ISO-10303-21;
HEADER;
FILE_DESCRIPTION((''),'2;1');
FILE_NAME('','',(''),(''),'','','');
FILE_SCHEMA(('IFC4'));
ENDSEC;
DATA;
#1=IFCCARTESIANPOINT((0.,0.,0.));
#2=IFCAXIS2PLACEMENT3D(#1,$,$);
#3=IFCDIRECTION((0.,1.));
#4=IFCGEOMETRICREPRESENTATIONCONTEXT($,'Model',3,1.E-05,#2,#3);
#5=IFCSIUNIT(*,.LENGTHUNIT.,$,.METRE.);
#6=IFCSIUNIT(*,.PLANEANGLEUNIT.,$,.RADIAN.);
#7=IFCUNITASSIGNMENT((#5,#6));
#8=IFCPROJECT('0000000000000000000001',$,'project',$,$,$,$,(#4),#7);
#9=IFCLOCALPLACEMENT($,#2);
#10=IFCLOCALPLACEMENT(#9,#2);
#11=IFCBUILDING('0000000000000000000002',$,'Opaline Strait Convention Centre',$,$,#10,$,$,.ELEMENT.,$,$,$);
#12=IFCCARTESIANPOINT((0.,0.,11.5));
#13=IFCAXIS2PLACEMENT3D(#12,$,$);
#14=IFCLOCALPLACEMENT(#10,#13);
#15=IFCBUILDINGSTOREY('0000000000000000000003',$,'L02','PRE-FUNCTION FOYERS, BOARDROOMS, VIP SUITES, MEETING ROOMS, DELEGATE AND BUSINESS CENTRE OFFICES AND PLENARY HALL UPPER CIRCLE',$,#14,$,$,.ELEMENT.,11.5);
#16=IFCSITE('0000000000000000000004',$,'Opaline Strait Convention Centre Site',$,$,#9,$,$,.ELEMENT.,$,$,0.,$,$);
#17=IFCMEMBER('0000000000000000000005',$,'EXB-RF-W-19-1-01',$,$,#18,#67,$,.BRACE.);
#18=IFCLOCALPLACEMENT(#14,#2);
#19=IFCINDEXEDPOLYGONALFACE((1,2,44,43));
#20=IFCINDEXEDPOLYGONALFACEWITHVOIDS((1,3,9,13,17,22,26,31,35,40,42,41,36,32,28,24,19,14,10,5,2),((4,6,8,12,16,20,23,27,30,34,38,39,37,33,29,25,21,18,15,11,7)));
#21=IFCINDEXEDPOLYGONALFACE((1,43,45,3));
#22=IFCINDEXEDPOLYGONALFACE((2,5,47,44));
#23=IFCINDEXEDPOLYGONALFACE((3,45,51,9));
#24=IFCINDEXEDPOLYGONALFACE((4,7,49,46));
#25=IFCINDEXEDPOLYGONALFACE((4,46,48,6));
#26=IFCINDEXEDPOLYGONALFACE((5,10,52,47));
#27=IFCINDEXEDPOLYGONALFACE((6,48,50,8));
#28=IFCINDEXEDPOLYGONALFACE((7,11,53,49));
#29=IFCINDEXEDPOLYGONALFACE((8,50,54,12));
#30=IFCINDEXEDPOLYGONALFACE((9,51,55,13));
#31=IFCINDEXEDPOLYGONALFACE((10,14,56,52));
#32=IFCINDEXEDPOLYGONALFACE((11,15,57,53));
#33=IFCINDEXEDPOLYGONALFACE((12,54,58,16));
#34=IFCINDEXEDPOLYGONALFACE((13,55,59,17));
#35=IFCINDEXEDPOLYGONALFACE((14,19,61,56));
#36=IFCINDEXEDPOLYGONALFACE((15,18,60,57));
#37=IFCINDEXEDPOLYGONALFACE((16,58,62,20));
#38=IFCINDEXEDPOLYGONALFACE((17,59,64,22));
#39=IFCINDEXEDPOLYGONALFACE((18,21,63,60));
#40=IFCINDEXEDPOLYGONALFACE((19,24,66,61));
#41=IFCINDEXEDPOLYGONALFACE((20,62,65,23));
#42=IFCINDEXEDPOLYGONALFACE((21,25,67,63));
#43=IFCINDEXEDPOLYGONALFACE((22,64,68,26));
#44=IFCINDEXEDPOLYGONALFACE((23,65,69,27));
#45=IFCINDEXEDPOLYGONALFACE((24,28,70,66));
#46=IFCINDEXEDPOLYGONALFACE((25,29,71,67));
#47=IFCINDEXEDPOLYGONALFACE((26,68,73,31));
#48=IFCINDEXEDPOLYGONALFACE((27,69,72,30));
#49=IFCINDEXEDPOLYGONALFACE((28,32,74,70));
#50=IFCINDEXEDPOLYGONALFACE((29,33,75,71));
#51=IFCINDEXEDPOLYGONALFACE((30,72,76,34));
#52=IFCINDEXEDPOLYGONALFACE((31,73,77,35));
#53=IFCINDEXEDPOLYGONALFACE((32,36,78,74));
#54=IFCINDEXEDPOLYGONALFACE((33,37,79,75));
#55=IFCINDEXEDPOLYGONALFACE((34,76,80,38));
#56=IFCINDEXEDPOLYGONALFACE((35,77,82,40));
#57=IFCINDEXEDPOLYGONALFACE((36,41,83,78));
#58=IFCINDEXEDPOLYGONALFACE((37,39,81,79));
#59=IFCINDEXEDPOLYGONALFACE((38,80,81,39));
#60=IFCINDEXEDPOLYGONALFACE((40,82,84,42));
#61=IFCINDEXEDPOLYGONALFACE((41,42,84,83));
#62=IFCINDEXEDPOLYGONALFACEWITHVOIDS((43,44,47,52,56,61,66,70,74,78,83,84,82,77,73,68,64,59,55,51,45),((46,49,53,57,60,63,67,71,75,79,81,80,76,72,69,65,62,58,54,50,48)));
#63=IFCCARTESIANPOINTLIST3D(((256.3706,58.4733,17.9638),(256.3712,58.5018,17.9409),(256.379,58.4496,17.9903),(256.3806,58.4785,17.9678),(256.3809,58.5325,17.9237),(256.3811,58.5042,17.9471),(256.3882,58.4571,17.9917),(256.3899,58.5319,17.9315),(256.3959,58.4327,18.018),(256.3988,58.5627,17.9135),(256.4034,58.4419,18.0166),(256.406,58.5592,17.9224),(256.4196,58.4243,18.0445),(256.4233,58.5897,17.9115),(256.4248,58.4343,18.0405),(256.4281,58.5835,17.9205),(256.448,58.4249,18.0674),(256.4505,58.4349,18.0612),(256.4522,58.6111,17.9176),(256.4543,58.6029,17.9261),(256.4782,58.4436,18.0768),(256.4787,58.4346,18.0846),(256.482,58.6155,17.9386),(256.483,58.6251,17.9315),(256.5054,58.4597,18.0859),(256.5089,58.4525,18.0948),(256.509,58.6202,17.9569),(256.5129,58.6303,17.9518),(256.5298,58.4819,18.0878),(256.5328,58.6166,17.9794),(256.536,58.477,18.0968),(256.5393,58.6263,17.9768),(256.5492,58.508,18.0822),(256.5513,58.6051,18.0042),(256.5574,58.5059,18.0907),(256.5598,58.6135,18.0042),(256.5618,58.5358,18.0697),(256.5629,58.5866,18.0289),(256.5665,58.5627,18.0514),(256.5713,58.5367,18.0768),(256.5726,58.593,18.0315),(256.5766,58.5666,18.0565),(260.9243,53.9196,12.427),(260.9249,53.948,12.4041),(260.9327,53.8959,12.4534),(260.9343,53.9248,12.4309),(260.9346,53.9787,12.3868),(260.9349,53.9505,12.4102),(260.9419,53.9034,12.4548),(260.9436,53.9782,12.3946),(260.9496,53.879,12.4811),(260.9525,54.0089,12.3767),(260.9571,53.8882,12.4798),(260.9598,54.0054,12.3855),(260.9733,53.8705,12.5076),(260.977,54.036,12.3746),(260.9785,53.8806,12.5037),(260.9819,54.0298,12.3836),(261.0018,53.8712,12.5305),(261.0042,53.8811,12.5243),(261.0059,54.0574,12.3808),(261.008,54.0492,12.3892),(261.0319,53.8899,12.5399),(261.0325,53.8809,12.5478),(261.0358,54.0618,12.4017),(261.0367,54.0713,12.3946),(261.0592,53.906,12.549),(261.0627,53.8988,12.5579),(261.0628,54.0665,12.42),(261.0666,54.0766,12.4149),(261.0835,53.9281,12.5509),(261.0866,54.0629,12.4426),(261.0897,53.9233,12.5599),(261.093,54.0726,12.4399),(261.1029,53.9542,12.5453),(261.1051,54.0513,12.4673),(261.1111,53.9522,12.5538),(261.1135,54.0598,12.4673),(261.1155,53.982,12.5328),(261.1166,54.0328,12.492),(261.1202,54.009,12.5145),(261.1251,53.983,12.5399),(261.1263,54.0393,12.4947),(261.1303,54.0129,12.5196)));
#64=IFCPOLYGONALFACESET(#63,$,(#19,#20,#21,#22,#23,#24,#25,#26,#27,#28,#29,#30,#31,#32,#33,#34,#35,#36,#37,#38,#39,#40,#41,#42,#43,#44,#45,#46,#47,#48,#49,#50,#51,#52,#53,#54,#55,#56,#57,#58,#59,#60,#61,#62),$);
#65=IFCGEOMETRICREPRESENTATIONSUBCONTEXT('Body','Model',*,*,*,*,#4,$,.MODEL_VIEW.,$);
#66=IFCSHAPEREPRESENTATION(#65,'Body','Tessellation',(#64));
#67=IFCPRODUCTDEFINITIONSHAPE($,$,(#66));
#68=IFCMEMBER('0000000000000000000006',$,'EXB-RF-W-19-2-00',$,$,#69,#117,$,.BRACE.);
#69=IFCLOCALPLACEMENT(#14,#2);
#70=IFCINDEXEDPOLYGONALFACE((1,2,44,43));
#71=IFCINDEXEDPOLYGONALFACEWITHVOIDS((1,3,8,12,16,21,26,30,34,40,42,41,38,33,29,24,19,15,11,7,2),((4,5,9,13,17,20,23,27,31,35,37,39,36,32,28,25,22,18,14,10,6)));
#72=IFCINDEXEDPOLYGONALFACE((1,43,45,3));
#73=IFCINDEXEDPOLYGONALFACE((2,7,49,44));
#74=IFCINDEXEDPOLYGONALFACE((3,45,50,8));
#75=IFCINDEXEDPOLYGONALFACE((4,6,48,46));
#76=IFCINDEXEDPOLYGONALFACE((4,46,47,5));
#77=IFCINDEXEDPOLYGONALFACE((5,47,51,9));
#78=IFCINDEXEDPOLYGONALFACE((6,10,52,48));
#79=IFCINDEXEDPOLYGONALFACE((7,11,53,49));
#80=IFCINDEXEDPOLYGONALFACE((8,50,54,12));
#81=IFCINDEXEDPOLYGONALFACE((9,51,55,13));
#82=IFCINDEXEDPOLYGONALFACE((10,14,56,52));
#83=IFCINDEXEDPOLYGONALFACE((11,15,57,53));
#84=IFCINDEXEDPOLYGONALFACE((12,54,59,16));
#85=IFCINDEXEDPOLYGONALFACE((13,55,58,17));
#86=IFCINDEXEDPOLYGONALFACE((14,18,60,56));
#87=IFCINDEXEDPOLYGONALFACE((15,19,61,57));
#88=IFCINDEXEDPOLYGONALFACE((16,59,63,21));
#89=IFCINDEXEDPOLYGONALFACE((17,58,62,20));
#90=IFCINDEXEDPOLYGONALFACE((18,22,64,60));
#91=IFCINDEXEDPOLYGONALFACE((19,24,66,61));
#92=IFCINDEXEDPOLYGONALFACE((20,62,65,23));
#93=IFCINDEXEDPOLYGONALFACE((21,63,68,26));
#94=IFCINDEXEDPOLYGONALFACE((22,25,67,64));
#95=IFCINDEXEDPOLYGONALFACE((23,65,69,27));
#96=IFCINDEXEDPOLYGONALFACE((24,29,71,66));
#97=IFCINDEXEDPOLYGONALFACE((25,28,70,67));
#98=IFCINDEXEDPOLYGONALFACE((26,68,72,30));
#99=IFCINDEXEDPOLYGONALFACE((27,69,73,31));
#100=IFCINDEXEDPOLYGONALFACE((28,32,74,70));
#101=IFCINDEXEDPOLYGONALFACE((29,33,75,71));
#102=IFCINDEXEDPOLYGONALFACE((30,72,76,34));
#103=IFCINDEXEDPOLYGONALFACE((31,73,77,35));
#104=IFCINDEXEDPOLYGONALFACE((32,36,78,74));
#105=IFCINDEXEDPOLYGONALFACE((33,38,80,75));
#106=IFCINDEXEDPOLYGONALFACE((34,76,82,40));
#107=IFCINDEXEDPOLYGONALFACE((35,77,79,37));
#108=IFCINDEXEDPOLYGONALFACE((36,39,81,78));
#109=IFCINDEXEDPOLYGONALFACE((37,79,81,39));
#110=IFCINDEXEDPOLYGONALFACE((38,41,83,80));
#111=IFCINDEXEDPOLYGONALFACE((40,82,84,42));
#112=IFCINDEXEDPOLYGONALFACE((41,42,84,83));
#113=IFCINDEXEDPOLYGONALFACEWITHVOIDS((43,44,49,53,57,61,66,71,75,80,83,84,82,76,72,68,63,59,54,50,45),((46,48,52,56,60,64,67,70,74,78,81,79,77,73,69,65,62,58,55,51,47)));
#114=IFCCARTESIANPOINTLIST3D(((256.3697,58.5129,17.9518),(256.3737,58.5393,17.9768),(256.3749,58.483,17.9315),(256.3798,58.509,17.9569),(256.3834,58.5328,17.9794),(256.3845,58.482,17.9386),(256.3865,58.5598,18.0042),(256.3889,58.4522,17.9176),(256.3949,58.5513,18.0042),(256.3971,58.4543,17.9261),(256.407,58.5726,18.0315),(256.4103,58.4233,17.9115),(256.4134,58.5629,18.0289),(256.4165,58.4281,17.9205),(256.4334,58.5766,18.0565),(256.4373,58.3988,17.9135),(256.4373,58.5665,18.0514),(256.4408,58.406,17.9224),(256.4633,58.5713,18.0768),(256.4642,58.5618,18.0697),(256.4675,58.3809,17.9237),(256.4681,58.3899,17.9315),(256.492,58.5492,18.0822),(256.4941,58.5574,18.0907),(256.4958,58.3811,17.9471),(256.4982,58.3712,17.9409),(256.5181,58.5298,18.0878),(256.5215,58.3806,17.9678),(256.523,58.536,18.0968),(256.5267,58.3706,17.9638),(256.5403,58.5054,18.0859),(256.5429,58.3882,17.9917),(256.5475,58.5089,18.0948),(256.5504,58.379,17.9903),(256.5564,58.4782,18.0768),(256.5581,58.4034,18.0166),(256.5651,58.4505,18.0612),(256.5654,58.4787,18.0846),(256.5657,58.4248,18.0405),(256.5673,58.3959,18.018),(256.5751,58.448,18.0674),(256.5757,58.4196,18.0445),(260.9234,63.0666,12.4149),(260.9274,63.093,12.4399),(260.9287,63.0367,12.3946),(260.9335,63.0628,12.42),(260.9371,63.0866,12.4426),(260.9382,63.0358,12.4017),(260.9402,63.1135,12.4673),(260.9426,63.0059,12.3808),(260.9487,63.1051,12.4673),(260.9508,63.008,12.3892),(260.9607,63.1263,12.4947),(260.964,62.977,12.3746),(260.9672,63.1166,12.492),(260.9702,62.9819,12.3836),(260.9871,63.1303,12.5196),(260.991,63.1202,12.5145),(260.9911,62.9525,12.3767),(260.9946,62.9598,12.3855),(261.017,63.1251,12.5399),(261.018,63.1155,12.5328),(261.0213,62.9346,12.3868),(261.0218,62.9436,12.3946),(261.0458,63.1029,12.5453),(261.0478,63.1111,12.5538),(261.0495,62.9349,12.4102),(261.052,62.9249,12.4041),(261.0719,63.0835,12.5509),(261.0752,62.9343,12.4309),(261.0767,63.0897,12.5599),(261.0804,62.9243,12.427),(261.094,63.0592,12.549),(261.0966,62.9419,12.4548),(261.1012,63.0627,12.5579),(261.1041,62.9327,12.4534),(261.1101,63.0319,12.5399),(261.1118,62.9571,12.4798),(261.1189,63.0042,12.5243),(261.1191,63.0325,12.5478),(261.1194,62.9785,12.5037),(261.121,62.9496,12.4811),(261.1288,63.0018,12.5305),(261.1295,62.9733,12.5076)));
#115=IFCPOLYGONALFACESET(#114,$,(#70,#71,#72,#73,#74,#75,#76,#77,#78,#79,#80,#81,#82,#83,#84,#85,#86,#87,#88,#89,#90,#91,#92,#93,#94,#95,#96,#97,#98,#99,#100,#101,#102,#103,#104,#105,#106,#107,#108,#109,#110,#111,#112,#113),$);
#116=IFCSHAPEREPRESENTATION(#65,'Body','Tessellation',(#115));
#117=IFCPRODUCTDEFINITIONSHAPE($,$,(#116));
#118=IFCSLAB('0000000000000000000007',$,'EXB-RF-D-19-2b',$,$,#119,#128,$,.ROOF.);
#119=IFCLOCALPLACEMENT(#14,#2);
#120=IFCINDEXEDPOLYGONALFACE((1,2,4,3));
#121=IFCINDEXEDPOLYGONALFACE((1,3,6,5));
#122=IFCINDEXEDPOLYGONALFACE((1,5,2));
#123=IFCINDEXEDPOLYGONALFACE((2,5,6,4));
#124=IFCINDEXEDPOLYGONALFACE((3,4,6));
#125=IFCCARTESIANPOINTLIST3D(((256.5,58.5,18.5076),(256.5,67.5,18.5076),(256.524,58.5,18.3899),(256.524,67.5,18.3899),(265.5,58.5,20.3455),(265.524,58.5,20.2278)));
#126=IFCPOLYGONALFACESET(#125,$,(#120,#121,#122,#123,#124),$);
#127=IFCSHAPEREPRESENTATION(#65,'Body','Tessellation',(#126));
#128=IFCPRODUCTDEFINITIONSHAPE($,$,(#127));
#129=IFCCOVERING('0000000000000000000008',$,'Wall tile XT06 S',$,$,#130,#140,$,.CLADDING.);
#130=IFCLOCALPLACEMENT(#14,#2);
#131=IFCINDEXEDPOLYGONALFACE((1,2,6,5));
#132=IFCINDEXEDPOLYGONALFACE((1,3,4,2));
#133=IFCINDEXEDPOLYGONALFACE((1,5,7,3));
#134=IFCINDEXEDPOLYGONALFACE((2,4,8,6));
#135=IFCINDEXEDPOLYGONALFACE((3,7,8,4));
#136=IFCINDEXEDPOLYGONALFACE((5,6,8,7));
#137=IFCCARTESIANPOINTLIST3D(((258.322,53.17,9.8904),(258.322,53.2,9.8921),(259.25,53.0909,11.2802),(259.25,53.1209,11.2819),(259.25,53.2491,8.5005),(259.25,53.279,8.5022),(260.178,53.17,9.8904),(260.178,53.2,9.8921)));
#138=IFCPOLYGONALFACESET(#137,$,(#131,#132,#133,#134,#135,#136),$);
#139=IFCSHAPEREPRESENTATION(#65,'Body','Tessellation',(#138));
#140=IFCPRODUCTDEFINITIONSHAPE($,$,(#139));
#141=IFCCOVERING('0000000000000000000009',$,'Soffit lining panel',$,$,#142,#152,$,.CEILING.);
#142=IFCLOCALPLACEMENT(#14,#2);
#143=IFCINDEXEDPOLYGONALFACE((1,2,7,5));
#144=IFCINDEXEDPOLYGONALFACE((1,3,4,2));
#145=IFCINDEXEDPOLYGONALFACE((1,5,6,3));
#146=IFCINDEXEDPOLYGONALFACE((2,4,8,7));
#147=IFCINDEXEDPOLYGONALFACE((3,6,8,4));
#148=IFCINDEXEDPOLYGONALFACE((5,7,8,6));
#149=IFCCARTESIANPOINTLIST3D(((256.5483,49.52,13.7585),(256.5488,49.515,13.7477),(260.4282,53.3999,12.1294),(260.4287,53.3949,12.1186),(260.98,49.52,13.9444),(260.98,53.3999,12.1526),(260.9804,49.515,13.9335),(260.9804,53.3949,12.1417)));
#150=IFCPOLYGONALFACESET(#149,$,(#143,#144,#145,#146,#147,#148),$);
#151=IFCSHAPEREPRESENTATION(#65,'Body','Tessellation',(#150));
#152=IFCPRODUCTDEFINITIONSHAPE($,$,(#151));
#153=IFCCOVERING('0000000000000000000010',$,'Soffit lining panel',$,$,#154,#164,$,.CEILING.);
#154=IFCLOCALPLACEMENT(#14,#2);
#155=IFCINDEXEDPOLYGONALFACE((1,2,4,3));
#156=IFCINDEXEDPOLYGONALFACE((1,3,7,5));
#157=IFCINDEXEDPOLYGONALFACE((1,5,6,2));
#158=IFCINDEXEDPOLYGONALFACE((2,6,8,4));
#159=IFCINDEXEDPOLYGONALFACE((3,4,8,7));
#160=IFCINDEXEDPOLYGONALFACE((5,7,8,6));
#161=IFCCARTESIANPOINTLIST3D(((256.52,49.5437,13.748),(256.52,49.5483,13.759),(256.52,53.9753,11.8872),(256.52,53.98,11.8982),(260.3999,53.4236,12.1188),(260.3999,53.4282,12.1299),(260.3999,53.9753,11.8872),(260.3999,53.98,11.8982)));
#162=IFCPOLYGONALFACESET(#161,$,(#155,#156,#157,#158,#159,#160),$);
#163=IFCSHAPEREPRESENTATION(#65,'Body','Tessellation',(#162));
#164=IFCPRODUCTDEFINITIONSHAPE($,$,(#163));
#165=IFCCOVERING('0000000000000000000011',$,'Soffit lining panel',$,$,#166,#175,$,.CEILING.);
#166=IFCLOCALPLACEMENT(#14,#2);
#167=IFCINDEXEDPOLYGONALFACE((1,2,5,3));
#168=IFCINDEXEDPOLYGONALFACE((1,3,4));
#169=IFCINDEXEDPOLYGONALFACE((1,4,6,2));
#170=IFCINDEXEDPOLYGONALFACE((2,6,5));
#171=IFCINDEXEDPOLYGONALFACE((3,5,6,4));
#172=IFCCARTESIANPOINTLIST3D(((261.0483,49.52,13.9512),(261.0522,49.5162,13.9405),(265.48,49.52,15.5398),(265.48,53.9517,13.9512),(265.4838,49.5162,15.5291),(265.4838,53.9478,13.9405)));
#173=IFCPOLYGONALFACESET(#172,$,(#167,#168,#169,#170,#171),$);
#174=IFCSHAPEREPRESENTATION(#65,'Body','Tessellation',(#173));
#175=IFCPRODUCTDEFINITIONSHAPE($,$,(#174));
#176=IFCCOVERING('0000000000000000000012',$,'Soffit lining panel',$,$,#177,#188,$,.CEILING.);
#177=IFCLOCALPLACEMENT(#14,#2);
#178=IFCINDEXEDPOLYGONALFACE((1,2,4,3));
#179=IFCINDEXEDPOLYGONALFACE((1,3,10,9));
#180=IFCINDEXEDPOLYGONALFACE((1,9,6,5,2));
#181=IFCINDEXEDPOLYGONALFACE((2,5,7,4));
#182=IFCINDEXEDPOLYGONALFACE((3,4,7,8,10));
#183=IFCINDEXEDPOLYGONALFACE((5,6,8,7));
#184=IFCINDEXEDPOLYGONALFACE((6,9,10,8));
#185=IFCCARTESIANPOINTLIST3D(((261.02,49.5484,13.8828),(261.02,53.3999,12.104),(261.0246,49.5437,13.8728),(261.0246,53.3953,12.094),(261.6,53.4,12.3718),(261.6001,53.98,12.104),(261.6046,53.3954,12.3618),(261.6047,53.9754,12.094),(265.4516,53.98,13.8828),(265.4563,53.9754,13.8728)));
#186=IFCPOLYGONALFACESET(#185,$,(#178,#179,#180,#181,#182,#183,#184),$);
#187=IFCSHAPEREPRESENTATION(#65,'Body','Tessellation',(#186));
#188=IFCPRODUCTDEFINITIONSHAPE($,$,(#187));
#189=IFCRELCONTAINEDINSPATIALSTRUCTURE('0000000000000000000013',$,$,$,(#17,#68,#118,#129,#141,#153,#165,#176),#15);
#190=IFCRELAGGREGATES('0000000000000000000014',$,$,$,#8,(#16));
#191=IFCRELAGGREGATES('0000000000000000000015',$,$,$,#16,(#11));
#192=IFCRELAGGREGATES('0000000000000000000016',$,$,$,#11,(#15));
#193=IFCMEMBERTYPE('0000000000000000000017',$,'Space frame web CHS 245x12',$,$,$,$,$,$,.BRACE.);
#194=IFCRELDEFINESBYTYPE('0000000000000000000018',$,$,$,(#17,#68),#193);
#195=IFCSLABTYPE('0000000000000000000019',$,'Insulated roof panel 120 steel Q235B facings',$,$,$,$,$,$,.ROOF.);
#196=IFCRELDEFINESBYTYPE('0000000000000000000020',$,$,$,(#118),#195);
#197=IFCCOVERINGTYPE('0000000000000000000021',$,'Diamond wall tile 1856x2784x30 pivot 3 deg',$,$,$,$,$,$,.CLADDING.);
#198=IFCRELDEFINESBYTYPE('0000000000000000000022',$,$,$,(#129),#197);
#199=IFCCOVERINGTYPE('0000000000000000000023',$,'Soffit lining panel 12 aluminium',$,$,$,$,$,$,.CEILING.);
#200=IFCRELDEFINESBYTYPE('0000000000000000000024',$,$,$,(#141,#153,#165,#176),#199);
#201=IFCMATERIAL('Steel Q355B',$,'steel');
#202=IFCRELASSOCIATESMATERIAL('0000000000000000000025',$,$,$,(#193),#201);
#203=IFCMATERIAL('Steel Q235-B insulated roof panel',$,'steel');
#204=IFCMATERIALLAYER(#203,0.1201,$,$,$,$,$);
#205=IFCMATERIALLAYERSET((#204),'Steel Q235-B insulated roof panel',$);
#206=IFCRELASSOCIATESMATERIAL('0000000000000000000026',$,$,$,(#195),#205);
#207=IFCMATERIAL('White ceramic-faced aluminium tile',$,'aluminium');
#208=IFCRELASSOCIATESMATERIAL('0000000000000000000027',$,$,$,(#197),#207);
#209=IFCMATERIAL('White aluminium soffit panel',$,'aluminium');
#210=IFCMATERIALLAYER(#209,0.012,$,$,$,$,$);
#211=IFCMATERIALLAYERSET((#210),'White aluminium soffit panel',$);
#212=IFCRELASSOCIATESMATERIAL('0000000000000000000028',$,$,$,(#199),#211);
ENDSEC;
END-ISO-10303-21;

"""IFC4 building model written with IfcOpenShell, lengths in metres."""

from ifc_helpers import new_model, si_unit, direction, frame, origin, origin_2d, place, context, subcontext, project, spatial, polyline, hollow_circle, outline, extrude, material, layer, layer_set, material_profile, profile_set, type_object, element, save


model = new_model("IFC4")

# Units and contexts
model_context = context("Model", 3, precision=1e-05, world=origin(), true_north=direction((0.0, 1.0)))
body_context = subcontext(model_context, "Body", "Model", "MODEL_VIEW")
ifc_project = project(units=[si_unit("LENGTHUNIT", "METRE"), si_unit("PLANEANGLEUNIT", "RADIAN")], contexts=[model_context])

# Site, building, storey
site_placement = place(None, origin())
site = spatial("IfcSite", under=ifc_project, at=site_placement, Name="Opaline Strait Convention Centre Site", CompositionType="ELEMENT", RefElevation=0.0)
building_placement = place(site_placement, origin())
building = spatial("IfcBuilding", under=site, at=building_placement, Name="Opaline Strait Convention Centre", CompositionType="ELEMENT")
storey_placement = place(building_placement, frame((0.0, 0.0, 11.5)))
storey = spatial("IfcBuildingStorey", under=building, at=storey_placement, Name="L02", Description="PRE-FUNCTION FOYERS, BOARDROOMS, VIP SUITES, MEETING ROOMS, DELEGATE AND BUSINESS CENTRE OFFICES AND PLENARY HALL UPPER CIRCLE", CompositionType="ELEMENT", Elevation=11.5)

# Members
ifc_material_1 = material(Name="Steel Q355B", Category="steel")
ifc_material_profile_1 = material_profile(ifc_material_1, hollow_circle(Radius=0.1226, WallThickness=0.012, at=origin_2d()), Name="CHS 245x12")
ifc_profile_set_1 = profile_set([ifc_material_profile_1], Name="Steel Q355B")
member_type_1 = type_object("IfcMemberType", Name="Space frame web CHS 245x12", PredefinedType="BRACE", material=ifc_profile_set_1)
for number, where, z_axis, x_axis, name in (
    (1, (256.4731, 58.5269, 18.0042), (0.536178, -0.536178, -0.65194), (0.707107, 0.707107, 0.0), "EXB-RF-W-19-1-01"),
    (2, (256.4731, 58.4731, 18.0042), (0.536178, 0.536178, -0.65194), (-0.707107, 0.707107, 0.0), "EXB-RF-W-19-2-00"),
):
    element("IfcMember", number, at=place(storey_placement, frame(where, z_axis=z_axis, x_axis=x_axis)), inside=storey, type_object=member_type_1, Name=name, PredefinedType="BRACE", context=body_context, shape_type="SweptSolid", body=[
        extrude(hollow_circle(Radius=0.1226, WallThickness=0.012, at=origin_2d()), origin(), (0.0, 0.0, 1.0), 8.4929),
    ])

# Slab
ifc_material_2 = material(Name="Steel Q235-B insulated roof panel", Category="steel")
ifc_layer_1 = layer(ifc_material_2, 0.1201)
ifc_layer_set_1 = layer_set([ifc_layer_1], Name="Steel Q235-B insulated roof panel")
slab_type = type_object("IfcSlabType", Name="Insulated roof panel 120 steel Q235B facings", PredefinedType="ROOF", material=ifc_layer_set_1)
slab_placement = place(storey_placement, frame((256.5, 58.5, 18.5076), z_axis=(-0.200081, 0.0, 0.979779), x_axis=(0.979779, 0.0, 0.200081)))
element("IfcSlab", 3, at=slab_placement, inside=storey, type_object=slab_type, Name="EXB-RF-D-19-2b", PredefinedType="ROOF", context=body_context, shape_type="SweptSolid", body=[
    extrude(outline(polyline([(0.0, 0.0), (9.1857, 0.0), (0.0, 9.0), (0.0, 0.0)])), origin(), (0.0, 0.0, -1.0), 0.1201),
])

# Coverings
ifc_material_3 = material(Name="White ceramic-faced aluminium tile", Category="aluminium")
ifc_material_profile_2 = material_profile(ifc_material_3, outline(polyline([(0.928, 0.0), (0.0, 1.3921), (-0.928, 0.0), (0.0, -1.3921), (0.928, 0.0)])), Name="Diamond tile 1856x2784")
ifc_profile_set_2 = profile_set([ifc_material_profile_2], Name="White ceramic-faced aluminium tile")
covering_type_1 = type_object("IfcCoveringType", Name="Diamond wall tile 1856x2784x30 pivot 3 deg", PredefinedType="CLADDING", material=ifc_profile_set_2)
covering_1_placement = place(storey_placement, frame((259.25, 53.2, 9.8921), z_axis=(0.0, -0.998385, -0.056819), x_axis=(1.0, 0.0, 0.0)))
element("IfcCovering", 4, at=covering_1_placement, inside=storey, type_object=covering_type_1, Name="Wall tile XT06 S", PredefinedType="CLADDING", context=body_context, shape_type="SweptSolid", body=[
    extrude(outline(polyline([(0.928, 0.0), (0.0, 1.3921), (-0.928, 0.0), (0.0, -1.3921), (0.928, 0.0)])), origin(), (0.0, 0.0, 1.0), 0.03),
])
ifc_material_4 = material(Name="White aluminium soffit panel", Category="aluminium")
ifc_layer_2 = layer(ifc_material_4, 0.012)
ifc_layer_set_2 = layer_set([ifc_layer_2], Name="White aluminium soffit panel")
covering_type_2 = type_object("IfcCoveringType", Name="Soffit lining panel 12 aluminium", PredefinedType="CEILING", material=ifc_layer_set_2)
covering_2_placement = place(storey_placement, frame((260.98, 53.3999, 12.1526), z_axis=(-0.038045, 0.418964, 0.907205), x_axis=(0.0, -0.907863, 0.419268)))
element("IfcCovering", 5, at=covering_2_placement, inside=storey, type_object=covering_type_2, Name="Soffit lining panel", PredefinedType="CEILING", context=body_context, shape_type="SweptSolid", body=[
    extrude(outline(polyline([(0.0, 0.0), (4.2736, 0.0), (4.1957, -4.4348), (-0.0097, -0.5522), (0.0, 0.0)])), origin(), (0.0, 0.0, -1.0), 0.012),
])
covering_3_placement = place(storey_placement, frame((260.3999, 53.98, 11.8982), z_axis=(-0.000002, 0.387154, 0.922015), x_axis=(0.0, -0.922015, 0.387154)))
element("IfcCovering", 6, at=covering_3_placement, inside=storey, type_object=covering_type_2, Name="Soffit lining panel", PredefinedType="CEILING", context=body_context, shape_type="SweptSolid", body=[
    extrude(outline(polyline([(0.0, 0.0), (0.5984, 0.0), (4.8065, -3.8799), (0.0, -3.8799), (0.0, 0.0)])), origin(), (0.0, 0.0, -1.0), 0.012),
])
covering_4_placement = place(storey_placement, frame((261.0483, 49.52, 13.9512), z_axis=(-0.319733, 0.319733, 0.891931), x_axis=(0.707107, 0.707107, 0.0)))
element("IfcCovering", 7, at=covering_4_placement, inside=storey, type_object=covering_type_2, Name="Soffit lining panel", PredefinedType="CEILING", context=body_context, shape_type="SweptSolid", body=[
    extrude(outline(polyline([(0.0, 0.0), (6.2673, 0.0), (3.1336, -3.5133), (0.0, 0.0)])), origin(), (0.0, 0.0, -1.0), 0.012),
])
covering_5_placement = place(storey_placement, frame((261.02, 53.3999, 12.104), z_axis=(-0.386677, 0.386677, 0.837234), x_axis=(0.907881, 0.000168, 0.419228)))
element("IfcCovering", 8, at=covering_5_placement, inside=storey, type_object=covering_type_2, Name="Soffit lining panel", PredefinedType="CEILING", context=body_context, shape_type="SweptSolid", body=[
    extrude(outline(polyline([(0.0, 0.0), (0.6388, 0.0), (0.5267, 0.6289), (4.7692, 0.6282), (0.7451, -4.1765), (0.0, 0.0)])), origin(), (0.0, 0.0, -1.0), 0.012),
])

save(model, "model.ifc")
